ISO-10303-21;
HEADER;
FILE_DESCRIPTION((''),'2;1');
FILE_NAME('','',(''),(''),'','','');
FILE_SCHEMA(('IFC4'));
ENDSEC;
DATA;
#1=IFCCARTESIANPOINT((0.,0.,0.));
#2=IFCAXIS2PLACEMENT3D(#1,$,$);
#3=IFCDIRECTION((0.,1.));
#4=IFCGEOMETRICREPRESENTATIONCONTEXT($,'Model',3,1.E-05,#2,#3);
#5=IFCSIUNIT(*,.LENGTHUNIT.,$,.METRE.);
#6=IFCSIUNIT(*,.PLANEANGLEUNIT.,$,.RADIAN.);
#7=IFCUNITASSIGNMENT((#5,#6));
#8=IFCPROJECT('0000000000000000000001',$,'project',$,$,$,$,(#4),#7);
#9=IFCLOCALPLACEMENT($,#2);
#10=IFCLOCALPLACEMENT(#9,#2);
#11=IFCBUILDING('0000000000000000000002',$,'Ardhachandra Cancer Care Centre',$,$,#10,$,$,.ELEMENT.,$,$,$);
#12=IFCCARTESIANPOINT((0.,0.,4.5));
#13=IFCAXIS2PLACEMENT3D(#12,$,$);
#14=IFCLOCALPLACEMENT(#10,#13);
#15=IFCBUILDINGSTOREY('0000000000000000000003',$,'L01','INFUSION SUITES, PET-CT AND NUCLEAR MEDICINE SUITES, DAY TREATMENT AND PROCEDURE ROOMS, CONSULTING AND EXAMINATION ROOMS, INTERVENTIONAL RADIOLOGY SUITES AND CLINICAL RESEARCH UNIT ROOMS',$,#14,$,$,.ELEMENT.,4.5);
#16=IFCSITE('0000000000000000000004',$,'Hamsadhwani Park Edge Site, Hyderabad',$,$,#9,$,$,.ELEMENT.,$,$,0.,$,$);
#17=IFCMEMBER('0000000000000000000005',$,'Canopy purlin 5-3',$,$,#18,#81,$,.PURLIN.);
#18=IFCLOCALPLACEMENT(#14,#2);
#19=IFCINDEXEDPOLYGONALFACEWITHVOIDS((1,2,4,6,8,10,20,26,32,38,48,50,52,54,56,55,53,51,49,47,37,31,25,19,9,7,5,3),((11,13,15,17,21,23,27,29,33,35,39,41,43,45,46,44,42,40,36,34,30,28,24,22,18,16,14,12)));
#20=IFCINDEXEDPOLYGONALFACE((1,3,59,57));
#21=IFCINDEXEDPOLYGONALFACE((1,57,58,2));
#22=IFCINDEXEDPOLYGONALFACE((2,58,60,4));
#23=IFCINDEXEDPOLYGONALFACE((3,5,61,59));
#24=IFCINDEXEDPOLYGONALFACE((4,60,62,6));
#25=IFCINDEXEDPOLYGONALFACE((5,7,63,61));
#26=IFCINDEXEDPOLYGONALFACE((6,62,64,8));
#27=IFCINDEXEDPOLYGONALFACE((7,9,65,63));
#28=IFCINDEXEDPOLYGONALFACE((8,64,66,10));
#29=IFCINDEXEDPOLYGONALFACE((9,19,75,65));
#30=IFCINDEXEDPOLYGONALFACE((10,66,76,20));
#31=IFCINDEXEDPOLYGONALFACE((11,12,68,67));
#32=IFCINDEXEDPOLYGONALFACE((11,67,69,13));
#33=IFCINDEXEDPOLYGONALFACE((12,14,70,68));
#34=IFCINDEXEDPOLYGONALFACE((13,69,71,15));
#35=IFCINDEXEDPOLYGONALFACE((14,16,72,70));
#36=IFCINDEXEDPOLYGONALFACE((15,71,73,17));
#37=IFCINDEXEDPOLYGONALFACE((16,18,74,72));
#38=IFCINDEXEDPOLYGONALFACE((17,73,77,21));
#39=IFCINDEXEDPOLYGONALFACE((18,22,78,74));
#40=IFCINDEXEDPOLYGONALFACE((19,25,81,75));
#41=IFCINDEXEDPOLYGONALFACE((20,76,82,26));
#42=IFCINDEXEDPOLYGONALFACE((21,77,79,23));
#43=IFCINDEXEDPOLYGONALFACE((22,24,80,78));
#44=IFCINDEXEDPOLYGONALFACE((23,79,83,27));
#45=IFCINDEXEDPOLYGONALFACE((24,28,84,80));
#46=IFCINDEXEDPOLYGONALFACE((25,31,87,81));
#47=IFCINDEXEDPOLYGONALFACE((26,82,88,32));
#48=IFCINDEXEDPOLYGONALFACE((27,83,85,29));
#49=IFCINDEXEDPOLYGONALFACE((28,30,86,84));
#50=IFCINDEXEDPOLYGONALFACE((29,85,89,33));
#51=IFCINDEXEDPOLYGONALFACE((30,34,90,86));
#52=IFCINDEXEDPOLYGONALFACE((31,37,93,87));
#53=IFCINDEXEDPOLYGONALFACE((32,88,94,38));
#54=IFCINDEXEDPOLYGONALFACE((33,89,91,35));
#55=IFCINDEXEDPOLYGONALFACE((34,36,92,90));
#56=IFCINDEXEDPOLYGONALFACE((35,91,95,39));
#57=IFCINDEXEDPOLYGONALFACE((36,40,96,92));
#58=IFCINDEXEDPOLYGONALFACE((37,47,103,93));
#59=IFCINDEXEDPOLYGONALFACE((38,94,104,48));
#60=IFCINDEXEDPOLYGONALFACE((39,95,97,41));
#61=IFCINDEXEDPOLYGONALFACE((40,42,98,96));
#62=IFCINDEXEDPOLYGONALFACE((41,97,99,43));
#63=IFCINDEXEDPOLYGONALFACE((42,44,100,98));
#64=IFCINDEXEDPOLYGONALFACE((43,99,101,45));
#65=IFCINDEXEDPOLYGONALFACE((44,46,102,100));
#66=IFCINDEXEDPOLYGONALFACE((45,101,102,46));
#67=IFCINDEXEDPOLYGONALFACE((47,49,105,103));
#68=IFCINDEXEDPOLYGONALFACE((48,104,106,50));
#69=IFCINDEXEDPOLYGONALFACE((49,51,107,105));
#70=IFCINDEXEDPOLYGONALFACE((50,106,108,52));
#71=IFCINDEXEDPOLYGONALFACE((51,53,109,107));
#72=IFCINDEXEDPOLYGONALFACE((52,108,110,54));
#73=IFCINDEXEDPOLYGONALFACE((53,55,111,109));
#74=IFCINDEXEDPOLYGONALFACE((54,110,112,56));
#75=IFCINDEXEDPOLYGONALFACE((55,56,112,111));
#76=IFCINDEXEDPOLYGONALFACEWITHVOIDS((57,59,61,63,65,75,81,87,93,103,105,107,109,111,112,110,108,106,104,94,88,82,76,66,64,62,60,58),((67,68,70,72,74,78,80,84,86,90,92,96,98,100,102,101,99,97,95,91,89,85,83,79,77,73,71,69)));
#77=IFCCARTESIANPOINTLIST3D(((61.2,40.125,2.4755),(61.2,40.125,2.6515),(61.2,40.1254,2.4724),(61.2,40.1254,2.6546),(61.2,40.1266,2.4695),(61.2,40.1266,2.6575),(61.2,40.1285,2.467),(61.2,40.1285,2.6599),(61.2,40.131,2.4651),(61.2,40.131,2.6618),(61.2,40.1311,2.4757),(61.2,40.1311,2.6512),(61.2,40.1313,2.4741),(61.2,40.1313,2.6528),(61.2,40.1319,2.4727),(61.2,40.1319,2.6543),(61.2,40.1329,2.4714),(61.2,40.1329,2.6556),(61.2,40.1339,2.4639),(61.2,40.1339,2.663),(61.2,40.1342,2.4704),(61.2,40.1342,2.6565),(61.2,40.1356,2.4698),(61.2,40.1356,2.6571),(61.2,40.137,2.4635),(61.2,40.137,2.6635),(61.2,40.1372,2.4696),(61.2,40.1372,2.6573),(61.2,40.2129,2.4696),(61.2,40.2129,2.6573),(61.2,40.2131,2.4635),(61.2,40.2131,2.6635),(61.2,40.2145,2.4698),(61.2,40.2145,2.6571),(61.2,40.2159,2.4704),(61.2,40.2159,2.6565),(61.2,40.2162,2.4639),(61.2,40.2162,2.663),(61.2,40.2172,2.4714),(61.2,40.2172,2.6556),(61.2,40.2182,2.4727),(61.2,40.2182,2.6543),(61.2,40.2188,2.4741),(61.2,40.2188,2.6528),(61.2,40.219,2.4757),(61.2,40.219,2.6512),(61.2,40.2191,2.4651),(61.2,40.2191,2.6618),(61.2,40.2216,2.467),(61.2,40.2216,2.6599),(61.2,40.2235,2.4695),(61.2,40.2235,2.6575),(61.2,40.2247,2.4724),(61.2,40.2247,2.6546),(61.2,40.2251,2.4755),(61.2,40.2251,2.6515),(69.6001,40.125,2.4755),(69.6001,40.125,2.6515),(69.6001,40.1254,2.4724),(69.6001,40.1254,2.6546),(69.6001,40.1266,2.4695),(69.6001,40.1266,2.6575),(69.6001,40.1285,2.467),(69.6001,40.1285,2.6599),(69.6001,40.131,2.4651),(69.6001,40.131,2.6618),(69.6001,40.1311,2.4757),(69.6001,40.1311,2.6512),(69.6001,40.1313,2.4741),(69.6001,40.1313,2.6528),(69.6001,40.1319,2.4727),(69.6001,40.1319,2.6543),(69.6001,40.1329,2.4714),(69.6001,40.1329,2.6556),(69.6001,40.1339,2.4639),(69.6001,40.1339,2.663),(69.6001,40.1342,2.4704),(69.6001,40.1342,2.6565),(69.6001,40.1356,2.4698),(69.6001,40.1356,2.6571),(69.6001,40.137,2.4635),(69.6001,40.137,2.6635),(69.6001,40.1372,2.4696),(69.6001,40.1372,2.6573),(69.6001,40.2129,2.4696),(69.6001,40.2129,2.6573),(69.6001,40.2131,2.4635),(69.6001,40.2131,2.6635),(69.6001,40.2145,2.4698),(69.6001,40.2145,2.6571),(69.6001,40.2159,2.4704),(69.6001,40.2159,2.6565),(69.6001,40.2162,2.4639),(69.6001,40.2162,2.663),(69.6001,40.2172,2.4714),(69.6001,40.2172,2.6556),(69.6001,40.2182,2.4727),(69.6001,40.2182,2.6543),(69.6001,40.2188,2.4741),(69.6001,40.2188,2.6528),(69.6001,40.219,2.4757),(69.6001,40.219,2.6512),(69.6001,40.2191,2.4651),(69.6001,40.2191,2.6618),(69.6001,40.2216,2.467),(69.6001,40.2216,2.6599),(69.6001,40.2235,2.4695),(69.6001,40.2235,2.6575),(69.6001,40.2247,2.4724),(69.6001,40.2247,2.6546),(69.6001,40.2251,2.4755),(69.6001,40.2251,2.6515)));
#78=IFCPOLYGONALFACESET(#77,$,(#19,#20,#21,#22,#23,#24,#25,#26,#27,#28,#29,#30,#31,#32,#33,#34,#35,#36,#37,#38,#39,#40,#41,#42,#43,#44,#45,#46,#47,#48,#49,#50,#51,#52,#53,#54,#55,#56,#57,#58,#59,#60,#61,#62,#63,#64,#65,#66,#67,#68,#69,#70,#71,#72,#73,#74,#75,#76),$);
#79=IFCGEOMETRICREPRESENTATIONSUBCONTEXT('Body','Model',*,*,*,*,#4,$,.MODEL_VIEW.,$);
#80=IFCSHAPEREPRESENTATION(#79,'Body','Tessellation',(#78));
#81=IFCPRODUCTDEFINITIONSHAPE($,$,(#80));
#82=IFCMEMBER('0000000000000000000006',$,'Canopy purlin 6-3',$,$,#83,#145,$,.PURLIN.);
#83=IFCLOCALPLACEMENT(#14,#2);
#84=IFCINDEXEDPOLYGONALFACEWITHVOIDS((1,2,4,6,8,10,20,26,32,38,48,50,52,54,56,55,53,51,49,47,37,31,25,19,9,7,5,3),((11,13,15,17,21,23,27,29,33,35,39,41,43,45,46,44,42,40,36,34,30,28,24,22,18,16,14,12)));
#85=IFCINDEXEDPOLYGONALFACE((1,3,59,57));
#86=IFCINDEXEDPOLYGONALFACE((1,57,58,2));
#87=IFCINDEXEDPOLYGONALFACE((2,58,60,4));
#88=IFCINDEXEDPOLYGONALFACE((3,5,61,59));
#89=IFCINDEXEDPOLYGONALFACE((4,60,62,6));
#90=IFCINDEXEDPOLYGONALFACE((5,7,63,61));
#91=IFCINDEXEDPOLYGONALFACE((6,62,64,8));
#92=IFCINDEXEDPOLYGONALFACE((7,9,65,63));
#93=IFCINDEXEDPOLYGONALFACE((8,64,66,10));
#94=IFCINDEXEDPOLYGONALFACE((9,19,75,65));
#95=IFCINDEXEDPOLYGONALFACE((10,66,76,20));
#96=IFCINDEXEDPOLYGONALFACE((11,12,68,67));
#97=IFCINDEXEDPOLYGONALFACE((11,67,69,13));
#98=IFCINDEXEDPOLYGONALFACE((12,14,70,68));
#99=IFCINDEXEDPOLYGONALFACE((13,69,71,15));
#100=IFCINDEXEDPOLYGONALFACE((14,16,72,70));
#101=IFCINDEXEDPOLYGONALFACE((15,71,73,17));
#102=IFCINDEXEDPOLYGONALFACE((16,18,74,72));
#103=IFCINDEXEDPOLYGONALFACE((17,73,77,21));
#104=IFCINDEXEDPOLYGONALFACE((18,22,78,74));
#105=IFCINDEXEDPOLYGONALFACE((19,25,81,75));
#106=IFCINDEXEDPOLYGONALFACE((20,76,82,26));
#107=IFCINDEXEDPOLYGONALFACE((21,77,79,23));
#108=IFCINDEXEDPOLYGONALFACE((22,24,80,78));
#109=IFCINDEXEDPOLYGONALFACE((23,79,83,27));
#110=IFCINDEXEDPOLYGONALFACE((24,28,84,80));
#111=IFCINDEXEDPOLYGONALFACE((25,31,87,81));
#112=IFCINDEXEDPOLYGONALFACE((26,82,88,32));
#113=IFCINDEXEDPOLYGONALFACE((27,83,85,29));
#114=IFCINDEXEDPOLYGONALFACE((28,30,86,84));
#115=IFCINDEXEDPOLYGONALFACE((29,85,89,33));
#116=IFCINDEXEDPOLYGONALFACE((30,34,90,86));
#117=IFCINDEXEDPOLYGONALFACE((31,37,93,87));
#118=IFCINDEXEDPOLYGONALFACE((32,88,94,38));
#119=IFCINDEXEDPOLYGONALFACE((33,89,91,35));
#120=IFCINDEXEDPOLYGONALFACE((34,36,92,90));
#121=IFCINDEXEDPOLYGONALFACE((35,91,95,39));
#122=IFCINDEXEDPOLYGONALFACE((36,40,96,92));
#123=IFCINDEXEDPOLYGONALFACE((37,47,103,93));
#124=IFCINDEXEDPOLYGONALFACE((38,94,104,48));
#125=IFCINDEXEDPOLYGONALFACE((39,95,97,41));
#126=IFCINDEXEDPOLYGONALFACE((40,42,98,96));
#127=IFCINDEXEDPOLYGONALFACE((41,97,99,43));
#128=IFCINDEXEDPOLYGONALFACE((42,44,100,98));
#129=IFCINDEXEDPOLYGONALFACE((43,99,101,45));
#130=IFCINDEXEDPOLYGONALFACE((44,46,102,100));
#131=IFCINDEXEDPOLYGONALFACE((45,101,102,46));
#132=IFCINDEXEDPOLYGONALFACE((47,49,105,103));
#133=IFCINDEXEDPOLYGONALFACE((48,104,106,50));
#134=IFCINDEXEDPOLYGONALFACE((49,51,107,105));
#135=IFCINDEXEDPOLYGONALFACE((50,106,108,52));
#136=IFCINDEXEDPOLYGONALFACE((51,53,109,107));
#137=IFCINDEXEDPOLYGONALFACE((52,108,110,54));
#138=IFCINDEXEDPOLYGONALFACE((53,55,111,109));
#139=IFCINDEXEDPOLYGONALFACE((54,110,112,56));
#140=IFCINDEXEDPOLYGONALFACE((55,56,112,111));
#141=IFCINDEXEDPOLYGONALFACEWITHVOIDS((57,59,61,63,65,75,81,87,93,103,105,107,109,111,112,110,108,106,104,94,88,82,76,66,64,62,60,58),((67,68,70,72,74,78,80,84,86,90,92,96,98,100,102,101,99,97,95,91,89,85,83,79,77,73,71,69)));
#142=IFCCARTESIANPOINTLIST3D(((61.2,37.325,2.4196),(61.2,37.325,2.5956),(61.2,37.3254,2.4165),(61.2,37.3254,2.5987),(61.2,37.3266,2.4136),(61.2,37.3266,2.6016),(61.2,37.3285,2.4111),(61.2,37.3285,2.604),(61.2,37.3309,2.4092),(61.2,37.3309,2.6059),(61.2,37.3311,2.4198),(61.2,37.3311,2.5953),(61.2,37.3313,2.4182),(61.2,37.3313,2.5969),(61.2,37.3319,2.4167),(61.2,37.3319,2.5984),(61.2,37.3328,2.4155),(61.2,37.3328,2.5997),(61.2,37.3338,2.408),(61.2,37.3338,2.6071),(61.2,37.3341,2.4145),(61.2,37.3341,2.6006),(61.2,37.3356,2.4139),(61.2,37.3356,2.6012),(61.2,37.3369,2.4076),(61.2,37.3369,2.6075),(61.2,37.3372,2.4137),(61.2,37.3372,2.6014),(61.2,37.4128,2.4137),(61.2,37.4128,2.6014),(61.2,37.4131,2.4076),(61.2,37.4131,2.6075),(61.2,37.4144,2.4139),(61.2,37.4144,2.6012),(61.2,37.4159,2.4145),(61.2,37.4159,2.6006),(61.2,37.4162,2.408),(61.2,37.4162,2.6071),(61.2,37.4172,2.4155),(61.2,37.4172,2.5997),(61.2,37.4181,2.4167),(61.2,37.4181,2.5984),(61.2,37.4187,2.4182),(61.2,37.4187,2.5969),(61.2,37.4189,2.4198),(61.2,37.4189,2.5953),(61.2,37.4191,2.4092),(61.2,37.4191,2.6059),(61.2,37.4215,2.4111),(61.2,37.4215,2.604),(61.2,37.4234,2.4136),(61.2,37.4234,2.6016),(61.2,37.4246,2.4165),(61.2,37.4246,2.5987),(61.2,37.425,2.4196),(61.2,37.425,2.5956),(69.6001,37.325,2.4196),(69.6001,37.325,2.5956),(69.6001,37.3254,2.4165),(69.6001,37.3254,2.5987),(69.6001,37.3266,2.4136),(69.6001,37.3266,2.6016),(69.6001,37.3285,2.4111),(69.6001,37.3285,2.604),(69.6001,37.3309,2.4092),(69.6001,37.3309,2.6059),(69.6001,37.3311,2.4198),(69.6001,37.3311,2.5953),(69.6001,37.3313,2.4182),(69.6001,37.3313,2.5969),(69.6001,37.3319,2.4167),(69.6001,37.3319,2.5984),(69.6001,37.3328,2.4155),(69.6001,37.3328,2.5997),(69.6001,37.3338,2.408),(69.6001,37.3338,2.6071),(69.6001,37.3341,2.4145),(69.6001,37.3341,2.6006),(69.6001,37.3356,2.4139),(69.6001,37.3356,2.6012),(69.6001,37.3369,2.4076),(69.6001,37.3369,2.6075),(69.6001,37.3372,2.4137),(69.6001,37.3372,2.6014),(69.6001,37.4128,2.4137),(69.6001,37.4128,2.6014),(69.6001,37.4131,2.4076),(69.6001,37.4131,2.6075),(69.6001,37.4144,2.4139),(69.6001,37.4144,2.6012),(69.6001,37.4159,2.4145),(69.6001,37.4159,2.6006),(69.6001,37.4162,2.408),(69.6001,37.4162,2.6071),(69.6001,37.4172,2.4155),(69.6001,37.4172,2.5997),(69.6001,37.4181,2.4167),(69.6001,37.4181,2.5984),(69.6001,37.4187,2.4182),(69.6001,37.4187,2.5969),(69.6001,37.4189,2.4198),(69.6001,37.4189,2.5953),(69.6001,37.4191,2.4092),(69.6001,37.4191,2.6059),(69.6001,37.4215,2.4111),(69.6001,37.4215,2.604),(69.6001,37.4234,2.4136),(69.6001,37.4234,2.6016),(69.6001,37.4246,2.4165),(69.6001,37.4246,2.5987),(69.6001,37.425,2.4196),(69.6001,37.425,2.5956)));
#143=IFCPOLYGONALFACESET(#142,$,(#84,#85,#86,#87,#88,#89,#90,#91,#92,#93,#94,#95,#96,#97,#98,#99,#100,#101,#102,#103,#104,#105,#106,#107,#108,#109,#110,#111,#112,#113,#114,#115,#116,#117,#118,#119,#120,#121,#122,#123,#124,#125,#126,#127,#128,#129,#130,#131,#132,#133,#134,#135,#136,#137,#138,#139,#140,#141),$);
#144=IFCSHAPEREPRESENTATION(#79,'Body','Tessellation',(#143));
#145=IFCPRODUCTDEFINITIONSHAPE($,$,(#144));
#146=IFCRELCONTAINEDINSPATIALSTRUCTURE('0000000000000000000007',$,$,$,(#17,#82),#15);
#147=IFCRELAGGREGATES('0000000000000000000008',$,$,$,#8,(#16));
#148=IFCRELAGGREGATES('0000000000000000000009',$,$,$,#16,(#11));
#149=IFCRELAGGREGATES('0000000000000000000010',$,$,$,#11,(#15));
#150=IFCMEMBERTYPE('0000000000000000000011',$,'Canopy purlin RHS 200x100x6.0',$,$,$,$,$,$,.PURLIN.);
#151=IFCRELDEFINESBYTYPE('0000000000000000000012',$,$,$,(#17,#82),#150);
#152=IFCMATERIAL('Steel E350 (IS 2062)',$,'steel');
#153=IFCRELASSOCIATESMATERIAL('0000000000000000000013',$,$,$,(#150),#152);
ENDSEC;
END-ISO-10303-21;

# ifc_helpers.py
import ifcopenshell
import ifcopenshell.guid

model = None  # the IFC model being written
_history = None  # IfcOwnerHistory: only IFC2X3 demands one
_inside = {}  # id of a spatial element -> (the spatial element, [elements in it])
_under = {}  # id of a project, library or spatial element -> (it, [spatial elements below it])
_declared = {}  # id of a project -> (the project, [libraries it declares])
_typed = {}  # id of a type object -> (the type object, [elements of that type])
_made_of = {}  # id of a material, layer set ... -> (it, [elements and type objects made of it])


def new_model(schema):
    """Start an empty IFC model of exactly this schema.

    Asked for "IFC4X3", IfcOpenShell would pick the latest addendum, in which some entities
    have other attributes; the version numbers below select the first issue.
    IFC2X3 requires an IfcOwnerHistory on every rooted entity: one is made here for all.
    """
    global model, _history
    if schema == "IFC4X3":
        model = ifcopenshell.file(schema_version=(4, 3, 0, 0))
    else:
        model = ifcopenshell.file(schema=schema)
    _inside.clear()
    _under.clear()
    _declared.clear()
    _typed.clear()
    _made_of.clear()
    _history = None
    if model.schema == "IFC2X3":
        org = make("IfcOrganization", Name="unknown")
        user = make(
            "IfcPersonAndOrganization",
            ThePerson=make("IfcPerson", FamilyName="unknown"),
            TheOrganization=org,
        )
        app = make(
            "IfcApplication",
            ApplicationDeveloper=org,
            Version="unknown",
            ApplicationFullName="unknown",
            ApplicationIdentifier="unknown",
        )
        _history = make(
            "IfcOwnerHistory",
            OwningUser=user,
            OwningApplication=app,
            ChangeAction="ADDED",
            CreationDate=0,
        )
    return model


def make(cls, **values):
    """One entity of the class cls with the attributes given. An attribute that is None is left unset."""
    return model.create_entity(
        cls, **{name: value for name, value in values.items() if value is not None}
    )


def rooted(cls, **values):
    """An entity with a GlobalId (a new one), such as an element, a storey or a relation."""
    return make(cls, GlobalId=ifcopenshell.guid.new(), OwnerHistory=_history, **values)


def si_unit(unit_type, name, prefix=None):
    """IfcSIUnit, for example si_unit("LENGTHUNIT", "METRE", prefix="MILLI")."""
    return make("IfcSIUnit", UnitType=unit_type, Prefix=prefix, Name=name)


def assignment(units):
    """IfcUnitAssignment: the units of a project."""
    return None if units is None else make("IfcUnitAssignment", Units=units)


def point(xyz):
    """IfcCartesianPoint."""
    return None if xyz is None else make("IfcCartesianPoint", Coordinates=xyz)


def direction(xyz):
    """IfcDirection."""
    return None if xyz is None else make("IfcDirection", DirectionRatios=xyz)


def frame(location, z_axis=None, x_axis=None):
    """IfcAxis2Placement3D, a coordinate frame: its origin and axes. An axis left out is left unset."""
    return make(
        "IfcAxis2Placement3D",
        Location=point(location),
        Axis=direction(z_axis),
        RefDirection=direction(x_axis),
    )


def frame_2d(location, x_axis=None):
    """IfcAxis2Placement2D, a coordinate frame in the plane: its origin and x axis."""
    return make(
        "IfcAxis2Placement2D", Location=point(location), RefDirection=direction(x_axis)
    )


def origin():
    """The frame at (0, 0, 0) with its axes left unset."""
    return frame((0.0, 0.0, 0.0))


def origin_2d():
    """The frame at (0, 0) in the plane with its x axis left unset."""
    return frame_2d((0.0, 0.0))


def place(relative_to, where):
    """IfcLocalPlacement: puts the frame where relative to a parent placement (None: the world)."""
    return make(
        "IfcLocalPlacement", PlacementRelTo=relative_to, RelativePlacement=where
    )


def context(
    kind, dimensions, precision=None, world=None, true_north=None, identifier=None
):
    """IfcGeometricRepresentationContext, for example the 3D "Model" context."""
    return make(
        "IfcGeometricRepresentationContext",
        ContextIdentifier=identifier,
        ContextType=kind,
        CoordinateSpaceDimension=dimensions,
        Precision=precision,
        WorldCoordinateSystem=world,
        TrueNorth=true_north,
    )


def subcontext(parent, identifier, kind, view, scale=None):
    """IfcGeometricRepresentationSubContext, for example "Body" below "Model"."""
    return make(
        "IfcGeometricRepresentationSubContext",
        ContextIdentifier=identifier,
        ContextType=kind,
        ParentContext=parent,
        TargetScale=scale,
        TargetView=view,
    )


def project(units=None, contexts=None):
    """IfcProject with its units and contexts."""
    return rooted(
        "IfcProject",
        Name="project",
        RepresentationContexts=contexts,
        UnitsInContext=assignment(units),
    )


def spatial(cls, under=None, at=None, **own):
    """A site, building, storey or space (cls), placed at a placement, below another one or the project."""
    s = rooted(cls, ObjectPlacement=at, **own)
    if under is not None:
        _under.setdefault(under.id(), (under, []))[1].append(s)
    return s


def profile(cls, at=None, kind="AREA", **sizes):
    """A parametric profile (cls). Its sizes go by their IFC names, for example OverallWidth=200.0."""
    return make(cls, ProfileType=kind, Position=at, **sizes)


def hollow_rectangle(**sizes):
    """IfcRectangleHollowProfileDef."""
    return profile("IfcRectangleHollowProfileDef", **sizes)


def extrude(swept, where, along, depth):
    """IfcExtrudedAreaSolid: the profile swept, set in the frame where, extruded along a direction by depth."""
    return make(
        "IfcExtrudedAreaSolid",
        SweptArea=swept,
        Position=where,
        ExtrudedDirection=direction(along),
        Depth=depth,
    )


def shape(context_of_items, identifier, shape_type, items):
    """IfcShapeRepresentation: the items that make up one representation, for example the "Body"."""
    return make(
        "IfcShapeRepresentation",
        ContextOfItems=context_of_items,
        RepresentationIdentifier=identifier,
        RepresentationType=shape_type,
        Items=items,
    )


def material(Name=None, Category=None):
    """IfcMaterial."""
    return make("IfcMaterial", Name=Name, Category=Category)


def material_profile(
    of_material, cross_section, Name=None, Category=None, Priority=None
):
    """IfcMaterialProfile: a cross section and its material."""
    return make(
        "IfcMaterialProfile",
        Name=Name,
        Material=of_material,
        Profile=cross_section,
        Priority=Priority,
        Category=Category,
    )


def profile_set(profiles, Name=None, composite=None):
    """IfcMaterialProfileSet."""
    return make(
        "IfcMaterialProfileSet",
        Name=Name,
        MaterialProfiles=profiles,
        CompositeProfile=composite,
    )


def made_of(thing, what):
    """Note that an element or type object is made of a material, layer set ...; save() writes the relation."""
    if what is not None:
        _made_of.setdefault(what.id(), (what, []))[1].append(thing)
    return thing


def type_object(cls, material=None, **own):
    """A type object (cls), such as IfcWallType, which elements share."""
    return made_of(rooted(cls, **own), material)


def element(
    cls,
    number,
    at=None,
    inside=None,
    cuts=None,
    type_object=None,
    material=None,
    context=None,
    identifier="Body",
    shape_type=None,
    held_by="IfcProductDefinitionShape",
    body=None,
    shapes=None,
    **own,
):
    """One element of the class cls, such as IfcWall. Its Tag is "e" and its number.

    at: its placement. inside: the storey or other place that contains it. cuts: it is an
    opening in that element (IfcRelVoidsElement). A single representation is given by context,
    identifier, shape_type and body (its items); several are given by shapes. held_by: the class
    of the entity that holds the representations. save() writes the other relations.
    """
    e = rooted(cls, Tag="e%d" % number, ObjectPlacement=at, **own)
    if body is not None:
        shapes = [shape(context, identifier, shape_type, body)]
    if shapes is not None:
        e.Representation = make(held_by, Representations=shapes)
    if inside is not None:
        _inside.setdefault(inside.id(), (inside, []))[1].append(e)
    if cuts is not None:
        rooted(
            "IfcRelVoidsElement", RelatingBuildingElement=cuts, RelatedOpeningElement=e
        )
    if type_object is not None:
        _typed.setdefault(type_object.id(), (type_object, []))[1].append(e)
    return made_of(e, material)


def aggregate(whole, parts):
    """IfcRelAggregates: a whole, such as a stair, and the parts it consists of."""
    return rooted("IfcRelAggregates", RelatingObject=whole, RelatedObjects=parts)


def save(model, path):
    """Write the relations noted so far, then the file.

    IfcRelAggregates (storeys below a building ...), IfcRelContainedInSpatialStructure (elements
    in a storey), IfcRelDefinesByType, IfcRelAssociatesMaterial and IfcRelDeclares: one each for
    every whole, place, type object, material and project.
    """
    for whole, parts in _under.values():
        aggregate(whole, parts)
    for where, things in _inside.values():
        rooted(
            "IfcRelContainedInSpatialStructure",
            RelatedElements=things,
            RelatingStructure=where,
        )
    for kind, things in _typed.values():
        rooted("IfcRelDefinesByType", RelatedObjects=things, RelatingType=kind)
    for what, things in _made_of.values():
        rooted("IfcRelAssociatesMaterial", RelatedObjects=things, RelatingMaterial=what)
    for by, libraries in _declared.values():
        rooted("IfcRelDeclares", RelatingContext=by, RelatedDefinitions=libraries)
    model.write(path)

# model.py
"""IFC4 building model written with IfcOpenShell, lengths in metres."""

from ifc_helpers import new_model, si_unit, direction, frame, origin, origin_2d, place, context, subcontext, project, spatial, hollow_rectangle, extrude, material, material_profile, profile_set, type_object, element, save


model = new_model("IFC4")

# Units and contexts
model_context = context("Model", 3, precision=1e-05, world=origin(), true_north=direction((0.0, 1.0)))
body_context = subcontext(model_context, "Body", "Model", "MODEL_VIEW")
ifc_project = project(units=[si_unit("LENGTHUNIT", "METRE"), si_unit("PLANEANGLEUNIT", "RADIAN")], contexts=[model_context])

# Site, building, storey
site_placement = place(None, origin())
site = spatial("IfcSite", under=ifc_project, at=site_placement, Name="Hamsadhwani Park Edge Site, Hyderabad", CompositionType="ELEMENT", RefElevation=0.0)
building_placement = place(site_placement, origin())
building = spatial("IfcBuilding", under=site, at=building_placement, Name="Ardhachandra Cancer Care Centre", CompositionType="ELEMENT")
storey_placement = place(building_placement, frame((0.0, 0.0, 4.5)))
storey = spatial("IfcBuildingStorey", under=building, at=storey_placement, Name="L01", Description="INFUSION SUITES, PET-CT AND NUCLEAR MEDICINE SUITES, DAY TREATMENT AND PROCEDURE ROOMS, CONSULTING AND EXAMINATION ROOMS, INTERVENTIONAL RADIOLOGY SUITES AND CLINICAL RESEARCH UNIT ROOMS", CompositionType="ELEMENT", Elevation=4.5)

# Members
ifc_material_1 = material(Name="Steel E350 (IS 2062)", Category="steel")
ifc_material_profile_1 = material_profile(ifc_material_1, hollow_rectangle(XDim=0.1001, YDim=0.2, WallThickness=0.0061, InnerFilletRadius=0.0061, OuterFilletRadius=0.012, at=origin_2d()), Name="RHS 200x100x6.0")
ifc_profile_set_1 = profile_set([ifc_material_profile_1], Name="Steel E350 (IS 2062)")
member_type_1 = type_object("IfcMemberType", Name="Canopy purlin RHS 200x100x6.0", PredefinedType="PURLIN", material=ifc_profile_set_1)
for number, where, z_axis, x_axis, name in (
    (1, (61.2, 40.175, 2.5635), (1.0, 0.0, 0.0), (0.0, 1.0, 0.0), "Canopy purlin 5-3"),
    (2, (61.2, 37.375, 2.5076), (1.0, 0.0, 0.0), (0.0, 1.0, 0.0), "Canopy purlin 6-3"),
):
    element("IfcMember", number, at=place(storey_placement, frame(where, z_axis=z_axis, x_axis=x_axis)), inside=storey, type_object=member_type_1, Name=name, PredefinedType="PURLIN", context=body_context, shape_type="SweptSolid", body=[
        extrude(hollow_rectangle(XDim=0.1001, YDim=0.2, WallThickness=0.0061, InnerFilletRadius=0.0061, OuterFilletRadius=0.012, at=origin_2d()), origin(), (0.0, 0.0, 1.0), 8.4001),
    ])

save(model, "model.ifc")
